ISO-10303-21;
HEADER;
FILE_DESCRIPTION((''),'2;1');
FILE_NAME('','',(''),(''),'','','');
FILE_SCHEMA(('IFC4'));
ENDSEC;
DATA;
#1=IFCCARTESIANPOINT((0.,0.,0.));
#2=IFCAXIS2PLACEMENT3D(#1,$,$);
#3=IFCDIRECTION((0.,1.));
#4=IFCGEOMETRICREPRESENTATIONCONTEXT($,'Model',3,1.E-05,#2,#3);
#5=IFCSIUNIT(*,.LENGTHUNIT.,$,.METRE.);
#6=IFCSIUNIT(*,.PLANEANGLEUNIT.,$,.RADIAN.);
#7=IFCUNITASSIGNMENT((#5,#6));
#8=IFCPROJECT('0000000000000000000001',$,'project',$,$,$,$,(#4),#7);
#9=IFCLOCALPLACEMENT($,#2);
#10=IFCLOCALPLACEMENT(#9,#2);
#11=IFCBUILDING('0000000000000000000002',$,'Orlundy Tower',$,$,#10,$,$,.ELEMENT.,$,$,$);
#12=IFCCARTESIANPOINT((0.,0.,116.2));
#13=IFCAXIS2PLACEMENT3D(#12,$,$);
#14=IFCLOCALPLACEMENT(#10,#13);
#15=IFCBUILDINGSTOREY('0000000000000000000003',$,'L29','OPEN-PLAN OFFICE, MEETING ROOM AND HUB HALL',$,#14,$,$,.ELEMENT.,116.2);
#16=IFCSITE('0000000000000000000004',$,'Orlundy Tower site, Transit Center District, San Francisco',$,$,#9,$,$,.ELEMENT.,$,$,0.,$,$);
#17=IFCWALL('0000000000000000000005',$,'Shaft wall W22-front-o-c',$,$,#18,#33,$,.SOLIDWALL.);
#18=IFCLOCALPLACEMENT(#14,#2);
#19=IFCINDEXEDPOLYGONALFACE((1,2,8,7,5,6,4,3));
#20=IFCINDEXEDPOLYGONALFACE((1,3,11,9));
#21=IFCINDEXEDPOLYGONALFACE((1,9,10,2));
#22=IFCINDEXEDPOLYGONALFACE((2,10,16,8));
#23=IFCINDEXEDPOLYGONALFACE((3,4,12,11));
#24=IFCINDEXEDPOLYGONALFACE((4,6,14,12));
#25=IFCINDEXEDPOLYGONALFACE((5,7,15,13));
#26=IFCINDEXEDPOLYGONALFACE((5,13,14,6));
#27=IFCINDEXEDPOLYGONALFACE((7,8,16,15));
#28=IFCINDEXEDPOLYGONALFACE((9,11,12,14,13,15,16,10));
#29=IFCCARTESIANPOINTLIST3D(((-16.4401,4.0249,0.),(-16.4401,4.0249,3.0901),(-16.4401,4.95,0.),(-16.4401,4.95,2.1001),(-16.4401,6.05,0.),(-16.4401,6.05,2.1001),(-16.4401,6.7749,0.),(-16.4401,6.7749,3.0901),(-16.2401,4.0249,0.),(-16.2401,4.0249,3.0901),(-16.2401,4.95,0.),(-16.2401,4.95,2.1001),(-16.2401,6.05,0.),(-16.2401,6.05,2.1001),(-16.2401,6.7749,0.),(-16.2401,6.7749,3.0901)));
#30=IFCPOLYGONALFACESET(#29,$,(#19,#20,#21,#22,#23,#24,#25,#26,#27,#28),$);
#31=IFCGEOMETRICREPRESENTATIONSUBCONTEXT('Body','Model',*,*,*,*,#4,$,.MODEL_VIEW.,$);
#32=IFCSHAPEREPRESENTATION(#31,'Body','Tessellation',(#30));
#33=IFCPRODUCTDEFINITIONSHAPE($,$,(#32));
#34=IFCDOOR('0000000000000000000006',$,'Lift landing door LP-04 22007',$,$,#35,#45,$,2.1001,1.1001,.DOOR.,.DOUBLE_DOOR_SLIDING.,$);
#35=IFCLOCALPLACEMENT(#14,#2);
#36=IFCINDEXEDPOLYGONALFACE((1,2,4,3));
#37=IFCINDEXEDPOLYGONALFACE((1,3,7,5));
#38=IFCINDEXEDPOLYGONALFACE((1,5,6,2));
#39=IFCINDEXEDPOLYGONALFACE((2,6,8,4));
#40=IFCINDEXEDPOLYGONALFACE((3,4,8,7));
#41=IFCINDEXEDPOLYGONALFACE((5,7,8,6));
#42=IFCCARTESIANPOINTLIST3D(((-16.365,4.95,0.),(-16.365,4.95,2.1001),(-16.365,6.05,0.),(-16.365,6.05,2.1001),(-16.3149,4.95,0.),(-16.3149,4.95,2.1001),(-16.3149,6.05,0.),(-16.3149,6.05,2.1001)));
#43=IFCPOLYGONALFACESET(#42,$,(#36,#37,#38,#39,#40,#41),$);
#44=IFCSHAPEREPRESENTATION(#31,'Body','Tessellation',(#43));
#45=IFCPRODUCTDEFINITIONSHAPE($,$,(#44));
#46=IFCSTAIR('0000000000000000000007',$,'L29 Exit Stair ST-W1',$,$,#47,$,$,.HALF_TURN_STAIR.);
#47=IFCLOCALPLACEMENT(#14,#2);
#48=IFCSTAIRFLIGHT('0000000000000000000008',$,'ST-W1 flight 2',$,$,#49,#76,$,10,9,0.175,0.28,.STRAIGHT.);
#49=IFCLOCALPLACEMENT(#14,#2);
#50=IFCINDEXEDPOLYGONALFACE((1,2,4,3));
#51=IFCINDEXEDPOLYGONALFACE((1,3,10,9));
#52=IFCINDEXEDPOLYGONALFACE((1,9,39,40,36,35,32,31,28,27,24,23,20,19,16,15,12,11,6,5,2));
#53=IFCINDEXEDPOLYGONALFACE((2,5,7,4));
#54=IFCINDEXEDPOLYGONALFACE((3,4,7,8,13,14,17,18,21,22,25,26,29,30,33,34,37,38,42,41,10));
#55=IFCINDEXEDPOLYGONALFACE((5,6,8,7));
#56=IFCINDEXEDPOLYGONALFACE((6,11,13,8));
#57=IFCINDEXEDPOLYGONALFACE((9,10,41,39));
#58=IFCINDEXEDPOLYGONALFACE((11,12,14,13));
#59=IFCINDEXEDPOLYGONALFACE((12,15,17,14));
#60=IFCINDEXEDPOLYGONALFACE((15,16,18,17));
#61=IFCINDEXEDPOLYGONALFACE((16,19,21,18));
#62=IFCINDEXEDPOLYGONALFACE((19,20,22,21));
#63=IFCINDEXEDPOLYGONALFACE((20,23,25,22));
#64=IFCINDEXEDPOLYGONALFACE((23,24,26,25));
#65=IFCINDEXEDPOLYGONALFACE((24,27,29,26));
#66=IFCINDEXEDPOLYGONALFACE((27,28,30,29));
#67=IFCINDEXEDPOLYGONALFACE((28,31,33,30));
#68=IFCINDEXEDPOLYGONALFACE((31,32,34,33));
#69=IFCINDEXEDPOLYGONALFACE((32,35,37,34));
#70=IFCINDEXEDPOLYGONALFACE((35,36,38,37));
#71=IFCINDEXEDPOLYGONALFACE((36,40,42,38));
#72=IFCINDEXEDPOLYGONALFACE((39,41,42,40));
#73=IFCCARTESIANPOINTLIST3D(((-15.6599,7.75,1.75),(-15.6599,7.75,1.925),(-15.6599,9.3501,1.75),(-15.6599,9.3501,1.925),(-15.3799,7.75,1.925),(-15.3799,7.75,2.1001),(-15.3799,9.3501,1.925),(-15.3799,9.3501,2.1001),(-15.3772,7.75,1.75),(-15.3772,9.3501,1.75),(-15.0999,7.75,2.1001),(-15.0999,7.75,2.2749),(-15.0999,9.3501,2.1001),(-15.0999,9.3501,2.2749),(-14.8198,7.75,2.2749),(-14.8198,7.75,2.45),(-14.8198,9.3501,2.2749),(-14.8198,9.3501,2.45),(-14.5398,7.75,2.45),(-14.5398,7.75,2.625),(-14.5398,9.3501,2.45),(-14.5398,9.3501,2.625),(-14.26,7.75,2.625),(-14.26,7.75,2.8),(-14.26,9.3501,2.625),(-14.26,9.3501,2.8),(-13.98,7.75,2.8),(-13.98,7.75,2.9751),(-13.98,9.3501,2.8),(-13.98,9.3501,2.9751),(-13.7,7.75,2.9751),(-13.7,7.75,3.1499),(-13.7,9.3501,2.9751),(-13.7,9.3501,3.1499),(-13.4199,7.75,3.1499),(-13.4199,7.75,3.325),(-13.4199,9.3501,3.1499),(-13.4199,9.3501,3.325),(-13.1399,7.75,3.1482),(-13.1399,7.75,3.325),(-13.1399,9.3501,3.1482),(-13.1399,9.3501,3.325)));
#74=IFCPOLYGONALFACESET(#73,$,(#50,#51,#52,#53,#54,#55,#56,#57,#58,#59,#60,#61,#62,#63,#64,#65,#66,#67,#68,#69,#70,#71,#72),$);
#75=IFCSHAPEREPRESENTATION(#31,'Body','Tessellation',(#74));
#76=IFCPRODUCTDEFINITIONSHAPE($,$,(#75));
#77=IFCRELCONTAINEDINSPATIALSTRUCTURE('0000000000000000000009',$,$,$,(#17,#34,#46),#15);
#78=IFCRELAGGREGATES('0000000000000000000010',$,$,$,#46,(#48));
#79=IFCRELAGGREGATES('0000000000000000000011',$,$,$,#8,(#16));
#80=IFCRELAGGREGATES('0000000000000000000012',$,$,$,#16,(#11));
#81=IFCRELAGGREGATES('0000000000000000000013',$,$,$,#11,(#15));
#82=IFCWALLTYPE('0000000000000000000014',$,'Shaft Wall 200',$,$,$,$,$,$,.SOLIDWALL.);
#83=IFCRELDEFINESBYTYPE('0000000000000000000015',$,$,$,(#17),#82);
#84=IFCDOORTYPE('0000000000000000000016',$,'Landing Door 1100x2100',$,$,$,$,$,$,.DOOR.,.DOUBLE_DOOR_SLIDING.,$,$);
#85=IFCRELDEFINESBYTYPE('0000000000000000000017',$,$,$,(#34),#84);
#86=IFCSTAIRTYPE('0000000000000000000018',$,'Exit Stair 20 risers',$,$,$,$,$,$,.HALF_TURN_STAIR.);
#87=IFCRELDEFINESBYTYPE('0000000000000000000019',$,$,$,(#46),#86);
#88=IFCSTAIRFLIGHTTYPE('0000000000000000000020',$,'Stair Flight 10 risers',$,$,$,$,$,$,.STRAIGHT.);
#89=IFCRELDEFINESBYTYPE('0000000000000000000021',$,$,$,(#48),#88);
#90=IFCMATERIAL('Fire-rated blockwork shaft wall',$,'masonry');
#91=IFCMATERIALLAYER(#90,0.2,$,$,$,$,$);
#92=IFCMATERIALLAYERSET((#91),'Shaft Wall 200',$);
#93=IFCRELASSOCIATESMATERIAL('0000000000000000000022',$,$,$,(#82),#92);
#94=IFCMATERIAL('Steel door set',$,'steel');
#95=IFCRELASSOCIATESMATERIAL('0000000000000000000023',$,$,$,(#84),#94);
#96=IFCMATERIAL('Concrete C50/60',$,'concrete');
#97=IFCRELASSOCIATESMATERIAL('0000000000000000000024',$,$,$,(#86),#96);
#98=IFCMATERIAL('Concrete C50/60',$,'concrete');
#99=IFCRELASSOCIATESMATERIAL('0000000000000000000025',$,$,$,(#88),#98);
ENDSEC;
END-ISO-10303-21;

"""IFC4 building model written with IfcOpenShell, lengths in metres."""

from ifc_helpers import new_model, si_unit, direction, frame, frame_2d, origin, place, context, subcontext, project, spatial, polyline, rectangle, outline, extrude, material, layer, layer_set, type_object, element, fill, aggregate, save


model = new_model("IFC4")

# Units and contexts
model_context = context("Model", 3, precision=1e-05, world=origin(), true_north=direction((0.0, 1.0)))
body_context = subcontext(model_context, "Body", "Model", "MODEL_VIEW")
ifc_project = project(units=[si_unit("LENGTHUNIT", "METRE"), si_unit("PLANEANGLEUNIT", "RADIAN")], contexts=[model_context])

# Site, building, storey
site_placement = place(None, origin())
site = spatial("IfcSite", under=ifc_project, at=site_placement, Name="Orlundy Tower site, Transit Center District, San Francisco", CompositionType="ELEMENT", RefElevation=0.0)
building_placement = place(site_placement, origin())
building = spatial("IfcBuilding", under=site, at=building_placement, Name="Orlundy Tower", CompositionType="ELEMENT")
storey_placement = place(building_placement, frame((0.0, 0.0, 116.2)))
storey = spatial("IfcBuildingStorey", under=building, at=storey_placement, Name="L29", Description="OPEN-PLAN OFFICE, MEETING ROOM AND HUB HALL", CompositionType="ELEMENT", Elevation=116.2)

# Wall, opening, door
ifc_material_1 = material(Name="Fire-rated blockwork shaft wall", Category="masonry")
ifc_layer_1 = layer(ifc_material_1, 0.2)
ifc_layer_set_1 = layer_set([ifc_layer_1], Name="Shaft Wall 200")
wall_type_1 = type_object("IfcWallType", Name="Shaft Wall 200", PredefinedType="SOLIDWALL", material=ifc_layer_set_1)
wall_1_placement = place(storey_placement, frame((-16.3401, 4.0249, 0.0), z_axis=(0.0, 0.0, 1.0), x_axis=(0.0, 1.0, 0.0)))
wall_1 = element("IfcWall", 1, at=wall_1_placement, inside=storey, type_object=wall_type_1, Name="Shaft wall W22-front-o-c", PredefinedType="SOLIDWALL", context=body_context, shape_type="SweptSolid", body=[
    extrude(rectangle(XDim=2.75, YDim=0.2, at=frame_2d((1.375, 0.0))), origin(), (0.0, 0.0, 1.0), 3.0901),
])
opening_1_placement = place(wall_1_placement, frame((0.925, 0.0, 0.0)))
opening_1 = element("IfcOpeningElement", 2, at=opening_1_placement, cuts=wall_1, PredefinedType="OPENING", context=body_context, shape_type="SweptSolid", body=[
    extrude(rectangle(XDim=1.1001, YDim=2.1001, at=frame_2d((0.55, 1.05))), frame((0.0, 0.1101, 0.0), z_axis=(0.0, -1.0, 0.0), x_axis=(1.0, 0.0, 0.0)), (0.0, 0.0, 1.0), 0.2202),
])
ifc_material_2 = material(Name="Steel door set", Category="steel")
door_type_1 = type_object("IfcDoorType", Name="Landing Door 1100x2100", OperationType="DOUBLE_DOOR_SLIDING", PredefinedType="DOOR", material=ifc_material_2)
door_1_placement = place(opening_1_placement, origin())
door_1 = element("IfcDoor", 3, at=door_1_placement, inside=storey, type_object=door_type_1, Name="Lift landing door LP-04 22007", OperationType="DOUBLE_DOOR_SLIDING", OverallHeight=2.1001, OverallWidth=1.1001, PredefinedType="DOOR", context=body_context, shape_type="SweptSolid", body=[
    extrude(rectangle(XDim=1.1001, YDim=2.1001, at=frame_2d((0.55, 1.05))), frame((0.0, 0.0249, 0.0), z_axis=(0.0, -1.0, 0.0), x_axis=(1.0, 0.0, 0.0)), (0.0, 0.0, 1.0), 0.05),
])
fill(opening_1, door_1)

# Stair, stair flight
ifc_material_3 = material(Name="Concrete C50/60", Category="concrete")
stair_type = type_object("IfcStairType", Name="Exit Stair 20 risers", PredefinedType="HALF_TURN_STAIR", material=ifc_material_3)
stair_placement = place(storey_placement, origin())
stair = element("IfcStair", 4, at=stair_placement, inside=storey, type_object=stair_type, Name="L29 Exit Stair ST-W1", PredefinedType="HALF_TURN_STAIR")
ifc_material_4 = material(Name="Concrete C50/60", Category="concrete")
stair_flight_type = type_object("IfcStairFlightType", Name="Stair Flight 10 risers", PredefinedType="STRAIGHT", material=ifc_material_4)
stair_flight_placement = place(storey_placement, frame((-15.6599, 8.55, 1.75), z_axis=(0.0, 0.0, 1.0), x_axis=(1.0, 0.0, 0.0)))
stair_flight = element("IfcStairFlight", 5, at=stair_flight_placement, type_object=stair_flight_type, Name="ST-W1 flight 2", NumberOfRisers=10, NumberOfTreads=9, PredefinedType="STRAIGHT", RiserHeight=0.175, TreadLength=0.28, context=body_context, shape_type="SweptSolid", body=[
    extrude(outline(polyline([(0.0, 0.0), (0.0, 0.175), (0.28, 0.175), (0.28, 0.3501), (0.5601, 0.3501), (0.5601, 0.5249), (0.8401, 0.5249), (0.8401, 0.7), (1.1201, 0.7), (1.1201, 0.875), (1.3999, 0.875), (1.3999, 1.05), (1.6799, 1.05), (1.6799, 1.2251), (1.96, 1.2251), (1.96, 1.3999), (2.24, 1.3999), (2.24, 1.575), (2.52, 1.575), (2.52, 1.75), (2.52, 1.3982), (0.2827, 0.0), (0.0, 0.0)])), frame((0.0, 0.8, 0.0), z_axis=(0.0, -1.0, 0.0), x_axis=(1.0, 0.0, 0.0)), (0.0, 0.0, 1.0), 1.6001),
])
aggregate(stair, [stair_flight])

save(model, "model.ifc")
